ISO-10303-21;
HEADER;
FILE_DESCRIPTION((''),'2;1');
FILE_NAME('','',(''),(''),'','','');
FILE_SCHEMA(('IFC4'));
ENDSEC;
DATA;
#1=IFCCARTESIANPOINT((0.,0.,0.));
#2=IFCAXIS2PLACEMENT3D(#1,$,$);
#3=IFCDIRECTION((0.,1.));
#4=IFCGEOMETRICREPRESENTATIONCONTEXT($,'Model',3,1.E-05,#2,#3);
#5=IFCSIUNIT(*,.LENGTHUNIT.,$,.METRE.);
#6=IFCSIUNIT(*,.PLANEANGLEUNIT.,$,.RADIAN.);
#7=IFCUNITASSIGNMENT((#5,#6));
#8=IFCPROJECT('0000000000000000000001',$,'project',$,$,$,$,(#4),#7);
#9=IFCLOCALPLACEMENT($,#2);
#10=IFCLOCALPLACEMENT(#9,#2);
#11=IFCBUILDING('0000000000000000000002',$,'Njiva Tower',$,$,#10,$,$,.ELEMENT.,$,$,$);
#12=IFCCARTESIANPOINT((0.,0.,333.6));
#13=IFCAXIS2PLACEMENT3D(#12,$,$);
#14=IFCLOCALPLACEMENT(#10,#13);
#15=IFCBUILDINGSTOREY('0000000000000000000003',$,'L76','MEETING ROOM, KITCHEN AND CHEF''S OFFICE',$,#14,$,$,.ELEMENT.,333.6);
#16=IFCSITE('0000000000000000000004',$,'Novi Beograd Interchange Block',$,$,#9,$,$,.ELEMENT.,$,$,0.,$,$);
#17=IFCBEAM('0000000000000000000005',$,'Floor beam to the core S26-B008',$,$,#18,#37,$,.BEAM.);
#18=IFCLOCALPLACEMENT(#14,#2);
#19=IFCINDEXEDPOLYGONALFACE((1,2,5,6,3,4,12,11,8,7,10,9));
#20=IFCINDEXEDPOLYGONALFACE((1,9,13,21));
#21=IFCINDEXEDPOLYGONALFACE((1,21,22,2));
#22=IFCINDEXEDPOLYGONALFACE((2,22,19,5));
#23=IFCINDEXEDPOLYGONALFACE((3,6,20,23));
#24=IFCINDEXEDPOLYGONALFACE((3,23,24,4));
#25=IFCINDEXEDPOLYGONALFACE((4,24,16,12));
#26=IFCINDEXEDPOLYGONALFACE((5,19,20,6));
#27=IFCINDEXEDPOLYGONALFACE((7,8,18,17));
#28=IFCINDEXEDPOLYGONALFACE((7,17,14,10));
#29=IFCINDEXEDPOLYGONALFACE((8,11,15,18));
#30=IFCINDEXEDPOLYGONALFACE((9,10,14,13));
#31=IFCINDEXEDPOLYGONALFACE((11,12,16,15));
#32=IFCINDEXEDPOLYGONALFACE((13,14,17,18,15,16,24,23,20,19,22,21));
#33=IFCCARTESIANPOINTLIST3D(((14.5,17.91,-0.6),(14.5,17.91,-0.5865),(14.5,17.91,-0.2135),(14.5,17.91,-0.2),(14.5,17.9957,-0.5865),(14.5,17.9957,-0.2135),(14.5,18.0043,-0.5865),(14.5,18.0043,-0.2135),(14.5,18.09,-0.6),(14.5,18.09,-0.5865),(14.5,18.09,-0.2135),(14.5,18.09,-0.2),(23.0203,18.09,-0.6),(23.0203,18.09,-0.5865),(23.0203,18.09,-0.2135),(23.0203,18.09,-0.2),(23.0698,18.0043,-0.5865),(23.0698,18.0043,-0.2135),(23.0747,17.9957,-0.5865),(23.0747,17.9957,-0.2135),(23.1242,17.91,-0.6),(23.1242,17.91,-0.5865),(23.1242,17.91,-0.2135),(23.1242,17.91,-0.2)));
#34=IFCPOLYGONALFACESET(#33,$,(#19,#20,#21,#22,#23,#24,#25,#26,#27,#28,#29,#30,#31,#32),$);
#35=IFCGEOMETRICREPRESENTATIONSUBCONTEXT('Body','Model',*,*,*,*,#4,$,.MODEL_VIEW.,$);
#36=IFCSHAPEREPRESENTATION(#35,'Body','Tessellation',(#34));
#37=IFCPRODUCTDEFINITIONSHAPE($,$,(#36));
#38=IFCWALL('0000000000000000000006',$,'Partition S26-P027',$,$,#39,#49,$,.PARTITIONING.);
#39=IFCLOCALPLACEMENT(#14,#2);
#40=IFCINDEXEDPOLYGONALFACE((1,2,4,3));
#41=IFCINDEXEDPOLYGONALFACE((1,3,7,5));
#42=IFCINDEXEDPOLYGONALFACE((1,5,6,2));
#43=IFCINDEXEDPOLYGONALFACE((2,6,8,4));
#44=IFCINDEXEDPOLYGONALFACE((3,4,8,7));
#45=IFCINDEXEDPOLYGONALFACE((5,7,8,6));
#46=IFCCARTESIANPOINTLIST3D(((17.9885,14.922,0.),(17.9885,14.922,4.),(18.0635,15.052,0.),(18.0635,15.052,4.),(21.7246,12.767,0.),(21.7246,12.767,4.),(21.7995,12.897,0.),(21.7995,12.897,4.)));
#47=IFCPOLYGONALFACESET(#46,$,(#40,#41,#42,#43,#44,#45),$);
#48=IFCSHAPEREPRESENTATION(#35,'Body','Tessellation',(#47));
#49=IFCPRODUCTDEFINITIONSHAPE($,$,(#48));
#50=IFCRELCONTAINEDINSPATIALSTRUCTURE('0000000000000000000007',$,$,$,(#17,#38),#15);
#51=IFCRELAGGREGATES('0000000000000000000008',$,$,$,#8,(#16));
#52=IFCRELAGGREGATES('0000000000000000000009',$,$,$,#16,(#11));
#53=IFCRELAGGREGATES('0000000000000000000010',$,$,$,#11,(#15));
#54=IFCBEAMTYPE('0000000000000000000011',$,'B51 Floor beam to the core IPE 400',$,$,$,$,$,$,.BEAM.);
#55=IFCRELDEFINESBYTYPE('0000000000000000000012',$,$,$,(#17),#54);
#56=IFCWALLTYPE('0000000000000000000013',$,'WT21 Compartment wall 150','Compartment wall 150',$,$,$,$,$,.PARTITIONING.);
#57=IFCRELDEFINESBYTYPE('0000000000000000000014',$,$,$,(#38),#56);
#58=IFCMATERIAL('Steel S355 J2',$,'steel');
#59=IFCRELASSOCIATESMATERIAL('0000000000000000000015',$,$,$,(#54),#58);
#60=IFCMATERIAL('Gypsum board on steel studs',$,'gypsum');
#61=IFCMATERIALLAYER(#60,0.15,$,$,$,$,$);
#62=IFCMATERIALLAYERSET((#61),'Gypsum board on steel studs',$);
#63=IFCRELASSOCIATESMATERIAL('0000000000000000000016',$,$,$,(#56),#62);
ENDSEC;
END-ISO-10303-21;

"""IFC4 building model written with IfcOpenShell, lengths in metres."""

from ifc_helpers import new_model, si_unit, direction, frame, frame_2d, origin, origin_2d, place, context, subcontext, project, spatial, rectangle, i_section, extrude, clip, halfspace, material, layer, layer_set, material_profile, profile_set, type_object, element, save


model = new_model("IFC4")

# Units and contexts
model_context = context("Model", 3, precision=1e-05, world=origin(), true_north=direction((0.0, 1.0)))
body_context = subcontext(model_context, "Body", "Model", "MODEL_VIEW")
ifc_project = project(units=[si_unit("LENGTHUNIT", "METRE"), si_unit("PLANEANGLEUNIT", "RADIAN")], contexts=[model_context])

# Site, building, storey
site_placement = place(None, origin())
site = spatial("IfcSite", under=ifc_project, at=site_placement, Name="Novi Beograd Interchange Block", CompositionType="ELEMENT", RefElevation=0.0)
building_placement = place(site_placement, origin())
building = spatial("IfcBuilding", under=site, at=building_placement, Name="Njiva Tower", CompositionType="ELEMENT")
storey_placement = place(building_placement, frame((0.0, 0.0, 333.6)))
storey = spatial("IfcBuildingStorey", under=building, at=storey_placement, Name="L76", Description="MEETING ROOM, KITCHEN AND CHEF'S OFFICE", CompositionType="ELEMENT", Elevation=333.6)

# Shared definitions
ifc_material_1 = material(Name="Steel S355 J2", Category="steel")

# Beam
ifc_material_profile_1 = material_profile(ifc_material_1, i_section(OverallWidth=0.18, OverallDepth=0.4, WebThickness=0.0086, FlangeThickness=0.0135, at=origin_2d()), Name="IPE 400")
ifc_profile_set_1 = profile_set([ifc_material_profile_1], Name="Steel S355 J2")
beam_type_1 = type_object("IfcBeamType", Name="B51 Floor beam to the core IPE 400", PredefinedType="BEAM", material=ifc_profile_set_1)
beam_1_placement = place(storey_placement, frame((14.5, 18.0, -0.4), z_axis=(1.0, 0.0, 0.0), x_axis=(0.0, 1.0, 0.0)))
element("IfcBeam", 1, at=beam_1_placement, inside=storey, type_object=beam_type_1, Name="Floor beam to the core S26-B008", PredefinedType="BEAM", context=body_context, shape_type="Clipping", body=[
    clip(extrude(i_section(OverallWidth=0.18, OverallDepth=0.4, WebThickness=0.0086, FlangeThickness=0.0135, at=origin_2d()), origin(), (0.0, 0.0, 1.0), 8.644), halfspace(frame((0.025, 0.0, 8.5578), z_axis=(0.499998, 0.0, 0.866027), x_axis=(0.0, 1.0, 0.0)), False)),
])

# Wall
ifc_material_2 = material(Name="Gypsum board on steel studs", Category="gypsum")
ifc_layer_1 = layer(ifc_material_2, 0.15)
ifc_layer_set_1 = layer_set([ifc_layer_1], Name="Gypsum board on steel studs")
wall_type_1 = type_object("IfcWallType", Name="WT21 Compartment wall 150", Description="Compartment wall 150", PredefinedType="PARTITIONING", material=ifc_layer_set_1)
wall_1_placement = place(storey_placement, frame((18.026, 14.987, 0.0), z_axis=(0.0, 0.0, 1.0), x_axis=(0.866224, -0.499656, 0.0)))
element("IfcWall", 2, at=wall_1_placement, inside=storey, type_object=wall_type_1, Name="Partition S26-P027", PredefinedType="PARTITIONING", context=body_context, shape_type="SweptSolid", body=[
    extrude(rectangle(XDim=4.313, YDim=0.15, at=frame_2d((2.1565, 0.0))), origin(), (0.0, 0.0, 1.0), 4.0),
])

save(model, "model.ifc")
